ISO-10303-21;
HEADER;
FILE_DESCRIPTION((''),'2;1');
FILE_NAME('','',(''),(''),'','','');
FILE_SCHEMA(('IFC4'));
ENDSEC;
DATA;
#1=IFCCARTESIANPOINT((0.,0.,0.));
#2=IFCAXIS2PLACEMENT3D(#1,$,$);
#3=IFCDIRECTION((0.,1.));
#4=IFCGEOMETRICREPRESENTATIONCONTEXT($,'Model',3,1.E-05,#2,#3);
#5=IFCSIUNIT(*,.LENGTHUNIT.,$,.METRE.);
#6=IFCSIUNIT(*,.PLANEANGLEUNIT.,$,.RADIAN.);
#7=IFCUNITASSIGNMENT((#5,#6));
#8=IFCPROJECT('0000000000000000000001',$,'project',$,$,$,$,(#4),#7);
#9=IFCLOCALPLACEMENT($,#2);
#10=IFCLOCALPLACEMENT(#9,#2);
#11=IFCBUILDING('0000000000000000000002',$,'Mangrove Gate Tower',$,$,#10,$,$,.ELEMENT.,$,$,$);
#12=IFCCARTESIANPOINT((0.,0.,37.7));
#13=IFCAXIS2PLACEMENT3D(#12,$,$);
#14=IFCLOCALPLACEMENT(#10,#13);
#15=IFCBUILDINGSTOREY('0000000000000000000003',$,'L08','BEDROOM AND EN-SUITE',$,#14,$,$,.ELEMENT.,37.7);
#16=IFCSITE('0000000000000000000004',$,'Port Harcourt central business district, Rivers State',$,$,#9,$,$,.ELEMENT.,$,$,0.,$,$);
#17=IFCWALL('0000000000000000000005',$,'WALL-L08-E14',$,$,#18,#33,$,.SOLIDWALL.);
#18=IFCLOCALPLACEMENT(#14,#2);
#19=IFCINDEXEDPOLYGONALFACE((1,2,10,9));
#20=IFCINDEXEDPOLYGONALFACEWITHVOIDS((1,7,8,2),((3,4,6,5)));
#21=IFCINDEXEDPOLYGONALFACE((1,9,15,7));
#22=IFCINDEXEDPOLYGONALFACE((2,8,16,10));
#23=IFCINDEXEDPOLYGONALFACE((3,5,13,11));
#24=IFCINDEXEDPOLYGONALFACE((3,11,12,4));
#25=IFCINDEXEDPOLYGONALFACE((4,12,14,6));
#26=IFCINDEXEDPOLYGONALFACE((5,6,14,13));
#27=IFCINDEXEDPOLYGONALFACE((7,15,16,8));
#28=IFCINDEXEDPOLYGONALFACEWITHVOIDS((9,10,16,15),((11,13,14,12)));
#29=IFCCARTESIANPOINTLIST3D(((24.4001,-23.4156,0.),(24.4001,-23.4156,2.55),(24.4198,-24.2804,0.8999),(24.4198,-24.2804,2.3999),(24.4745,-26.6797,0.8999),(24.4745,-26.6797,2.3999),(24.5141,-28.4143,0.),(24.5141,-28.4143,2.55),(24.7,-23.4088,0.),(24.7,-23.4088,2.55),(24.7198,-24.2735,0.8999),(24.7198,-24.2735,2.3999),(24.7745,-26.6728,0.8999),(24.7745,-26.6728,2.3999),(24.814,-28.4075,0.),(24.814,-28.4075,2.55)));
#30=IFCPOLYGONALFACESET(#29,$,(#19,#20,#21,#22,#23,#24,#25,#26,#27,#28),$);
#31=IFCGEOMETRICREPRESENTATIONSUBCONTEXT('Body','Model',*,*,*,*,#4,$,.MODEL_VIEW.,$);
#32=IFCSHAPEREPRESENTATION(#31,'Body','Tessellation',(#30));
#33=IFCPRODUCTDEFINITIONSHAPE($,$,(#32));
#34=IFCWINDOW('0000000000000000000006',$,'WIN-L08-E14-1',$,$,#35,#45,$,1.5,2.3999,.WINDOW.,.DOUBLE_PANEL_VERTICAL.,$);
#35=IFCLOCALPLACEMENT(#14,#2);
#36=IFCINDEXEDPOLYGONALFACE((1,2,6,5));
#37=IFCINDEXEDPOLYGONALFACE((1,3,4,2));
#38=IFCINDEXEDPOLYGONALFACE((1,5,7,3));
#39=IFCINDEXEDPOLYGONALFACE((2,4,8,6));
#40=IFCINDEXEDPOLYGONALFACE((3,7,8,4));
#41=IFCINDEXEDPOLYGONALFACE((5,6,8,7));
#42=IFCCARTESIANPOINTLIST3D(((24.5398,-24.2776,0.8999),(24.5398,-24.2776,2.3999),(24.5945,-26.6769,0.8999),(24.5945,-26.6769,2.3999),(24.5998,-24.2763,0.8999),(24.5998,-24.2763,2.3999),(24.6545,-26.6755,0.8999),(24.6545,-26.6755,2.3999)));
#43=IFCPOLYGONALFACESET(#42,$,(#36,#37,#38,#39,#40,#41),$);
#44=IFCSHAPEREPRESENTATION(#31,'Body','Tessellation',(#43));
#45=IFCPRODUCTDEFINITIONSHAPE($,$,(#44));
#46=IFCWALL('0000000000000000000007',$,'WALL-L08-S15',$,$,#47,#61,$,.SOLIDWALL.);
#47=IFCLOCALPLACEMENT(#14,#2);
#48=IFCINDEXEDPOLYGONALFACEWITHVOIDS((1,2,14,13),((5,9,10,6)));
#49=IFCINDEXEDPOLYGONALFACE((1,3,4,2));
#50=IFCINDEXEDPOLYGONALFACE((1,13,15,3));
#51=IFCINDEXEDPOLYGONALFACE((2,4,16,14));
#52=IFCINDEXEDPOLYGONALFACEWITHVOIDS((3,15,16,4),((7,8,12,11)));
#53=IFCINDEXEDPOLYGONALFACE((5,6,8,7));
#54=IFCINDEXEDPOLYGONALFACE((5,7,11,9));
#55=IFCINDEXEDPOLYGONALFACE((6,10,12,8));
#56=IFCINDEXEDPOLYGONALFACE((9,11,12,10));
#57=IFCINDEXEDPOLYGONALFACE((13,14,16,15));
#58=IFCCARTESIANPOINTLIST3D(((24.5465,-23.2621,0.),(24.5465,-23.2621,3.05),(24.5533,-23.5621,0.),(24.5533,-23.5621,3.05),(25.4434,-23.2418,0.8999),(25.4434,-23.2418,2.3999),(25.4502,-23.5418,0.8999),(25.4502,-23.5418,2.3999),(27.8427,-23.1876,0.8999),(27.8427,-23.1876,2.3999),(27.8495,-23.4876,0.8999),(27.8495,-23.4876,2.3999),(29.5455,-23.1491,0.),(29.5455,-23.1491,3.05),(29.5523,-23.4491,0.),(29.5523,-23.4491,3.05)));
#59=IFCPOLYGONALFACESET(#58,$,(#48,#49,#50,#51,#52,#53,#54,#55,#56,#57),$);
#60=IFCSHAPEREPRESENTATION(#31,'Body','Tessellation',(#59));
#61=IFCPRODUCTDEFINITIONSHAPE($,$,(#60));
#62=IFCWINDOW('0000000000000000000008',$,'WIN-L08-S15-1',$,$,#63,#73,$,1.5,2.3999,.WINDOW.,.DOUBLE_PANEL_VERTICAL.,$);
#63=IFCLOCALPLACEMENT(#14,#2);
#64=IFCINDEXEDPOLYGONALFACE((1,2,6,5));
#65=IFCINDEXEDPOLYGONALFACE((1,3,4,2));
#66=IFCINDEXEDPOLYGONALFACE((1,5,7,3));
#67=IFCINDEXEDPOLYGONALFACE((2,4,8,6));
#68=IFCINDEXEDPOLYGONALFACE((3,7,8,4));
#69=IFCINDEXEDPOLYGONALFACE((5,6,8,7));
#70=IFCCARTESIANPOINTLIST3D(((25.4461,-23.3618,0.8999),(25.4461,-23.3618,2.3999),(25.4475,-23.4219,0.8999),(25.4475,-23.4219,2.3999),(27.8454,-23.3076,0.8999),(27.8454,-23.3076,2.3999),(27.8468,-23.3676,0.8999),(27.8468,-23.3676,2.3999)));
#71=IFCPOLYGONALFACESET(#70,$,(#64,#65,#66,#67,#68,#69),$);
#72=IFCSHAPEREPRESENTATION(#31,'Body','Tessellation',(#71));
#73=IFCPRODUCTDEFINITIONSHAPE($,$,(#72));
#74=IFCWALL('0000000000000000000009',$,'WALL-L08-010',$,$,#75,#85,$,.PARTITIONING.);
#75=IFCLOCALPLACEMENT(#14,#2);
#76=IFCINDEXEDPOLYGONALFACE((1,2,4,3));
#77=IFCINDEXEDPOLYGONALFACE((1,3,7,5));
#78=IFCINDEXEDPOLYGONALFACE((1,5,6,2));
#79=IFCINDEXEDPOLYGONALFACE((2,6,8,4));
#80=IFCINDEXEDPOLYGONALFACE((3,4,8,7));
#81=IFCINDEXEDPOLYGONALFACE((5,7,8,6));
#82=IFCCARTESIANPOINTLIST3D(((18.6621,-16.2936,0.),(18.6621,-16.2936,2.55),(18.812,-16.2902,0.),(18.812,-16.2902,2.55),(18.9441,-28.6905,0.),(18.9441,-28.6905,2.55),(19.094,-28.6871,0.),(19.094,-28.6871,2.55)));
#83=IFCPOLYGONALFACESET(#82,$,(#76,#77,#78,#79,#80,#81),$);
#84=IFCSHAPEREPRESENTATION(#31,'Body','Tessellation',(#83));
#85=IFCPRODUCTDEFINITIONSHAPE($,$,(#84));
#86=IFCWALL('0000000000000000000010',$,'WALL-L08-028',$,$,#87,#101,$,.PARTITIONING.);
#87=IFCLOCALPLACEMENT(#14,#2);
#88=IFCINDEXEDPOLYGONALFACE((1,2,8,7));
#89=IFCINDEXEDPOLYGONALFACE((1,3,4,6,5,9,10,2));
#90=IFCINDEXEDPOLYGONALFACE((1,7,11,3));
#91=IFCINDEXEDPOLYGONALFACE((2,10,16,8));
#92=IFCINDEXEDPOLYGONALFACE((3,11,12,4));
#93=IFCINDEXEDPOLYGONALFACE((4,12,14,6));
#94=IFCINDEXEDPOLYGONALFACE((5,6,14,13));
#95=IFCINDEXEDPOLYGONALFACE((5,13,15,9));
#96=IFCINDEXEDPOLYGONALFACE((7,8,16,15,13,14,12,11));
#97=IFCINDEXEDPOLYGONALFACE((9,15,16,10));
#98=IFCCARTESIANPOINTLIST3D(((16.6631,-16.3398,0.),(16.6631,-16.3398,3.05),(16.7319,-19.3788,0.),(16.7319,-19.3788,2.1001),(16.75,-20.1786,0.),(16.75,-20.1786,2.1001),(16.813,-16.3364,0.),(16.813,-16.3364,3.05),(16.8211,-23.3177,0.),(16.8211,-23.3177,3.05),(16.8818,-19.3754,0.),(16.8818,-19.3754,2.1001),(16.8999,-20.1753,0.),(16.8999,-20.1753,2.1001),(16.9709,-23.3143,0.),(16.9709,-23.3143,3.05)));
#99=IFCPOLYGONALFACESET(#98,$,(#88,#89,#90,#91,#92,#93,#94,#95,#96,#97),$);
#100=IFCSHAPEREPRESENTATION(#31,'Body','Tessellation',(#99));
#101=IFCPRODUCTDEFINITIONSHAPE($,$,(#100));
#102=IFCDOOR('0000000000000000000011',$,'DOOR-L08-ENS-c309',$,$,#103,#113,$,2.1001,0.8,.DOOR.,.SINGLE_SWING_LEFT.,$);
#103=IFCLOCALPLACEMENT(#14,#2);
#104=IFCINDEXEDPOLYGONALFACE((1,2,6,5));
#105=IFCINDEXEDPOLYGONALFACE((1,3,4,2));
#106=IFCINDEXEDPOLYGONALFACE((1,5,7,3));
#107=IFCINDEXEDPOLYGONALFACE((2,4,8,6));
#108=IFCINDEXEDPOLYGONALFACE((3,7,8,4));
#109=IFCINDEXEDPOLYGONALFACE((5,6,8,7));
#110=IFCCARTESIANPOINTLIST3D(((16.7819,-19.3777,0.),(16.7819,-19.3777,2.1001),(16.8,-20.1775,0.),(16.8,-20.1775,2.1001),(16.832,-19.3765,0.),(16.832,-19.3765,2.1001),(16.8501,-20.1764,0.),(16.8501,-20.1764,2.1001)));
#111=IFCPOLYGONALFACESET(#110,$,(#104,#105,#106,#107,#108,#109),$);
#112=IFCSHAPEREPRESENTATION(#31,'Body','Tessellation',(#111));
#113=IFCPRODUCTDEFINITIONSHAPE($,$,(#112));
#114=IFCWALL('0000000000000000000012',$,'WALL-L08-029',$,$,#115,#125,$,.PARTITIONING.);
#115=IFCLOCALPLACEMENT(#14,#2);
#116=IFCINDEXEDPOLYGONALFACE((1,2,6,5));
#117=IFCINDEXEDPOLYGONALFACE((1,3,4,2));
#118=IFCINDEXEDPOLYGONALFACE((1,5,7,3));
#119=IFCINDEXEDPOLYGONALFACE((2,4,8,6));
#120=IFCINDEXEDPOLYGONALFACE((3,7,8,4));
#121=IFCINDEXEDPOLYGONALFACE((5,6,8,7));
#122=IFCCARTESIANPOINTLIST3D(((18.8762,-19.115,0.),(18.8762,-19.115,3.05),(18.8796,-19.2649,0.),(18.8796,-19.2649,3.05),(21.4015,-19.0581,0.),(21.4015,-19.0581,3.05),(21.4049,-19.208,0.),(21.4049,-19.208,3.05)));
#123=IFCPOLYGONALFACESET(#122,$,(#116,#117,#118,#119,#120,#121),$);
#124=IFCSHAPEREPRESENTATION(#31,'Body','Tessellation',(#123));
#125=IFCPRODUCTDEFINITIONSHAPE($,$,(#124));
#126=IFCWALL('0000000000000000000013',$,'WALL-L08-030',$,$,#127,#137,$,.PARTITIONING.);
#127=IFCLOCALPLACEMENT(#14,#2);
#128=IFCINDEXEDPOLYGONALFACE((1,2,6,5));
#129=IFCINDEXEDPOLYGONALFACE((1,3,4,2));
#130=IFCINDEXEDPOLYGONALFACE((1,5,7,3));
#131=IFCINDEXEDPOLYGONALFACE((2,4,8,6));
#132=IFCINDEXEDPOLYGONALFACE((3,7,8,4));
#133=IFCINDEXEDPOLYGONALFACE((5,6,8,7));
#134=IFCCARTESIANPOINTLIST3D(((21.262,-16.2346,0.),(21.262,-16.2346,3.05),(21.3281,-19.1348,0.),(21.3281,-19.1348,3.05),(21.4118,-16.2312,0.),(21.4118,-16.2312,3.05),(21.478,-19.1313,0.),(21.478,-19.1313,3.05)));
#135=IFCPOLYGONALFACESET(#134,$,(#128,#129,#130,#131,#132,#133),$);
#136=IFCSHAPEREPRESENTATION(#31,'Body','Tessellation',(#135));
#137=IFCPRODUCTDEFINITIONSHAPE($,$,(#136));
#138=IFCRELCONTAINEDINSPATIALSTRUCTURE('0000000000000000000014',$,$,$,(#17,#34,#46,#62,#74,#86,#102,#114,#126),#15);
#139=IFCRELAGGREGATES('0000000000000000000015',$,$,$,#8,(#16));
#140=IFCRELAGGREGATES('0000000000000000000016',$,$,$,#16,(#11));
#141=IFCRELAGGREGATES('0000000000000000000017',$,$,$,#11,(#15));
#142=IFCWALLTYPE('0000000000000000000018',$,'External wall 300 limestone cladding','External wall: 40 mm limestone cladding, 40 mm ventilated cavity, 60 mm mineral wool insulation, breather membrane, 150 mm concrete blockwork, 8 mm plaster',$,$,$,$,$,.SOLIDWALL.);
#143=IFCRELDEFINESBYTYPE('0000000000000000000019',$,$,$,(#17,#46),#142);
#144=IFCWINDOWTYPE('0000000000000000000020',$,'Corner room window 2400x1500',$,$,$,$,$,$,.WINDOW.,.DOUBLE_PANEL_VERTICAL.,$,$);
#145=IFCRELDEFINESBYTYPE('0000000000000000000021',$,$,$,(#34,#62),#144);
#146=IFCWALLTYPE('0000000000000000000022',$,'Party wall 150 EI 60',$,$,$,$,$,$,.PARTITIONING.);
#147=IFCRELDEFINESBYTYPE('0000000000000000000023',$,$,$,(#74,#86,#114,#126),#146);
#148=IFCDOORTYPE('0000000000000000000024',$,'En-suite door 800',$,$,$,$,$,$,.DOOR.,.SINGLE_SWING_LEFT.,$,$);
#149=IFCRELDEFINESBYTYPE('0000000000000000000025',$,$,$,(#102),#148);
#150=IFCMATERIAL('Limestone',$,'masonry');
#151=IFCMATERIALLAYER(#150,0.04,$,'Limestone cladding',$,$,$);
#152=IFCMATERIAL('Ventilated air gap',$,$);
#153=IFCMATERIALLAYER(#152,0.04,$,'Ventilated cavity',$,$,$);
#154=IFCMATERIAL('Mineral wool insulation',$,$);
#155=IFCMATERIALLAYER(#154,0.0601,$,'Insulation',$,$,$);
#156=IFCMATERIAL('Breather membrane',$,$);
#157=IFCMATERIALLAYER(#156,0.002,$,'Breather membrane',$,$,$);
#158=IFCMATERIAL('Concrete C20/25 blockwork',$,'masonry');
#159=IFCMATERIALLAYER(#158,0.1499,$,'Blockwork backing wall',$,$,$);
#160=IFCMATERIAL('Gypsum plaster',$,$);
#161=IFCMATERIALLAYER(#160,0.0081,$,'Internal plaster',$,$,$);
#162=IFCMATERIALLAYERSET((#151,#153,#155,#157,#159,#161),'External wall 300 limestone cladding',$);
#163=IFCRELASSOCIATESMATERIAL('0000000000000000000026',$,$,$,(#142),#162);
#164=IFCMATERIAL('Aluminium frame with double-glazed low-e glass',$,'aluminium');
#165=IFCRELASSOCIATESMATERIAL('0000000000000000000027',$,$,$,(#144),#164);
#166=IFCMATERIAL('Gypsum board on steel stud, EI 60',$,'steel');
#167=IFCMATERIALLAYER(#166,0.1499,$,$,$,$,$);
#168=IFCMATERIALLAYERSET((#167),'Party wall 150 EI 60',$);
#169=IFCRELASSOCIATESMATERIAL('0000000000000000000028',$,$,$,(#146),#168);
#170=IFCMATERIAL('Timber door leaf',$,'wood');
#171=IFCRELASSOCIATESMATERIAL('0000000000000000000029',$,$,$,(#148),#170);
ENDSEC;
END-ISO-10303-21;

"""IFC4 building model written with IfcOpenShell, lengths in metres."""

from ifc_helpers import new_model, si_unit, direction, frame, frame_2d, origin, place, context, subcontext, project, spatial, rectangle, extrude, material, layer, layer_set, type_object, element, fill, save


model = new_model("IFC4")

# Units and contexts
model_context = context("Model", 3, precision=1e-05, world=origin(), true_north=direction((0.0, 1.0)))
body_context = subcontext(model_context, "Body", "Model", "MODEL_VIEW")
ifc_project = project(units=[si_unit("LENGTHUNIT", "METRE"), si_unit("PLANEANGLEUNIT", "RADIAN")], contexts=[model_context])

# Site, building, storey
site_placement = place(None, origin())
site = spatial("IfcSite", under=ifc_project, at=site_placement, Name="Port Harcourt central business district, Rivers State", CompositionType="ELEMENT", RefElevation=0.0)
building_placement = place(site_placement, origin())
building = spatial("IfcBuilding", under=site, at=building_placement, Name="Mangrove Gate Tower", CompositionType="ELEMENT")
storey_placement = place(building_placement, frame((0.0, 0.0, 37.7)))
storey = spatial("IfcBuildingStorey", under=building, at=storey_placement, Name="L08", Description="BEDROOM AND EN-SUITE", CompositionType="ELEMENT", Elevation=37.7)

# Shared definitions
ifc_material_1 = material(Name="Limestone", Category="masonry")
ifc_layer_1 = layer(ifc_material_1, 0.04, Name="Limestone cladding")
ifc_material_2 = material(Name="Ventilated air gap")
ifc_layer_2 = layer(ifc_material_2, 0.04, Name="Ventilated cavity")
ifc_material_3 = material(Name="Mineral wool insulation")
ifc_layer_3 = layer(ifc_material_3, 0.0601, Name="Insulation")
ifc_material_4 = material(Name="Breather membrane")
ifc_layer_4 = layer(ifc_material_4, 0.002, Name="Breather membrane")
ifc_material_5 = material(Name="Concrete C20/25 blockwork", Category="masonry")
ifc_layer_5 = layer(ifc_material_5, 0.1499, Name="Blockwork backing wall")
ifc_material_6 = material(Name="Gypsum plaster")
ifc_layer_6 = layer(ifc_material_6, 0.0081, Name="Internal plaster")
ifc_layer_set_1 = layer_set([ifc_layer_1, ifc_layer_2, ifc_layer_3, ifc_layer_4, ifc_layer_5, ifc_layer_6], Name="External wall 300 limestone cladding")
wall_type_1 = type_object("IfcWallType", Name="External wall 300 limestone cladding", Description="External wall: 40 mm limestone cladding, 40 mm ventilated cavity, 60 mm mineral wool insulation, breather membrane, 150 mm concrete blockwork, 8 mm plaster", PredefinedType="SOLIDWALL", material=ifc_layer_set_1)
ifc_material_7 = material(Name="Aluminium frame with double-glazed low-e glass", Category="aluminium")
window_type = type_object("IfcWindowType", Name="Corner room window 2400x1500", PartitioningType="DOUBLE_PANEL_VERTICAL", PredefinedType="WINDOW", material=ifc_material_7)

# Walls, openings, windows
wall_1_placement = place(storey_placement, frame((24.6641, -28.4109, 0.0), z_axis=(0.0, 0.0, 1.0), x_axis=(-0.022802, 0.99974, 0.0)))
wall_1 = element("IfcWall", 1, at=wall_1_placement, inside=storey, type_object=wall_type_1, Name="WALL-L08-E14", PredefinedType="SOLIDWALL", context=body_context, shape_type="SweptSolid", body=[
    extrude(rectangle(XDim=5.0, YDim=0.3, at=frame_2d((2.5, 0.0))), origin(), (0.0, 0.0, 1.0), 2.55),
])
opening_1_placement = place(wall_1_placement, frame((1.7351, 0.0, 0.8999)))
opening_1 = element("IfcOpeningElement", 2, at=opening_1_placement, cuts=wall_1, PredefinedType="OPENING", context=body_context, shape_type="SweptSolid", body=[
    extrude(rectangle(XDim=2.3999, YDim=1.5, at=frame_2d((1.2, 0.75))), frame((0.0, 0.1599, 0.0), z_axis=(0.0, -1.0, 0.0), x_axis=(1.0, 0.0, 0.0)), (0.0, 0.0, 1.0), 0.3201),
])
window_1_placement = place(opening_1_placement, origin())
window_1 = element("IfcWindow", 3, at=window_1_placement, inside=storey, type_object=window_type, Name="WIN-L08-E14-1", OverallHeight=1.5, OverallWidth=2.3999, PartitioningType="DOUBLE_PANEL_VERTICAL", PredefinedType="WINDOW", context=body_context, shape_type="SweptSolid", body=[
    extrude(rectangle(XDim=2.3999, YDim=1.5, at=frame_2d((1.2, 0.75))), frame((0.0, 0.03, 0.0), z_axis=(0.0, -1.0, 0.0), x_axis=(1.0, 0.0, 0.0)), (0.0, 0.0, 1.0), 0.0601),
])
fill(opening_1, window_1)
wall_2_placement = place(storey_placement, frame((24.55, -23.4121, 0.0), z_axis=(0.0, 0.0, 1.0), x_axis=(0.999744, 0.022606, 0.0)))
wall_2 = element("IfcWall", 4, at=wall_2_placement, inside=storey, type_object=wall_type_1, Name="WALL-L08-S15", PredefinedType="SOLIDWALL", context=body_context, shape_type="SweptSolid", body=[
    extrude(rectangle(XDim=5.0002, YDim=0.3, at=frame_2d((2.5, 0.0))), origin(), (0.0, 0.0, 1.0), 3.05),
])
opening_2_placement = place(wall_2_placement, frame((0.897, 0.0, 0.8999)))
opening_2 = element("IfcOpeningElement", 5, at=opening_2_placement, cuts=wall_2, PredefinedType="OPENING", context=body_context, shape_type="SweptSolid", body=[
    extrude(rectangle(XDim=2.3999, YDim=1.5, at=frame_2d((1.2, 0.75))), frame((0.0, 0.1599, 0.0), z_axis=(0.0, -1.0, 0.0), x_axis=(1.0, 0.0, 0.0)), (0.0, 0.0, 1.0), 0.3201),
])
window_2_placement = place(opening_2_placement, origin())
window_2 = element("IfcWindow", 6, at=window_2_placement, inside=storey, type_object=window_type, Name="WIN-L08-S15-1", OverallHeight=1.5, OverallWidth=2.3999, PartitioningType="DOUBLE_PANEL_VERTICAL", PredefinedType="WINDOW", context=body_context, shape_type="SweptSolid", body=[
    extrude(rectangle(XDim=2.3999, YDim=1.5, at=frame_2d((1.2, 0.75))), frame((0.0, 0.03, 0.0), z_axis=(0.0, -1.0, 0.0), x_axis=(1.0, 0.0, 0.0)), (0.0, 0.0, 1.0), 0.0601),
])
fill(opening_2, window_2)

# Wall
ifc_material_8 = material(Name="Gypsum board on steel stud, EI 60", Category="steel")
ifc_layer_7 = layer(ifc_material_8, 0.1499)
ifc_layer_set_2 = layer_set([ifc_layer_7], Name="Party wall 150 EI 60")
wall_type_2 = type_object("IfcWallType", Name="Party wall 150 EI 60", PredefinedType="PARTITIONING", material=ifc_layer_set_2)
wall_3_placement = place(storey_placement, frame((19.019, -28.689, 0.0), z_axis=(0.0, 0.0, 1.0), x_axis=(-0.02274, 0.999741, 0.0)))
element("IfcWall", 7, at=wall_3_placement, inside=storey, type_object=wall_type_2, Name="WALL-L08-010", PredefinedType="PARTITIONING", context=body_context, shape_type="SweptSolid", body=[
    extrude(rectangle(XDim=12.4001, YDim=0.1499, at=frame_2d((6.2002, 0.0))), origin(), (0.0, 0.0, 1.0), 2.55),
])

# Wall, opening, door
wall_4_placement = place(storey_placement, frame((16.896, -23.3159, 0.0), z_axis=(0.0, 0.0, 1.0), x_axis=(-0.022631, 0.999744, 0.0)))
wall_4 = element("IfcWall", 8, at=wall_4_placement, inside=storey, type_object=wall_type_2, Name="WALL-L08-028", PredefinedType="PARTITIONING", context=body_context, shape_type="SweptSolid", body=[
    extrude(rectangle(XDim=6.9797, YDim=0.1499, at=frame_2d((3.4897, 0.0))), origin(), (0.0, 0.0, 1.0), 3.05),
])
opening_3_placement = place(wall_4_placement, frame((3.1399, 0.0, 0.0)))
opening_3 = element("IfcOpeningElement", 9, at=opening_3_placement, cuts=wall_4, PredefinedType="OPENING", context=body_context, shape_type="SweptSolid", body=[
    extrude(rectangle(XDim=0.8, YDim=2.1001, at=frame_2d((0.3999, 1.05))), frame((0.0, 0.085, 0.0), z_axis=(0.0, -1.0, 0.0), x_axis=(1.0, 0.0, 0.0)), (0.0, 0.0, 1.0), 0.1699),
])
ifc_material_9 = material(Name="Timber door leaf", Category="wood")
door_type_1 = type_object("IfcDoorType", Name="En-suite door 800", OperationType="SINGLE_SWING_LEFT", PredefinedType="DOOR", material=ifc_material_9)
door_1_placement = place(opening_3_placement, origin())
door_1 = element("IfcDoor", 10, at=door_1_placement, inside=storey, type_object=door_type_1, Name="DOOR-L08-ENS-c309", OperationType="SINGLE_SWING_LEFT", OverallHeight=2.1001, OverallWidth=0.8, PredefinedType="DOOR", context=body_context, shape_type="SweptSolid", body=[
    extrude(rectangle(XDim=0.8, YDim=2.1001, at=frame_2d((0.3999, 1.05))), frame((0.0, 0.0249, 0.0), z_axis=(0.0, -1.0, 0.0), x_axis=(1.0, 0.0, 0.0)), (0.0, 0.0, 1.0), 0.05),
])
fill(opening_3, door_1)

# Walls
wall_5_placement = place(storey_placement, frame((18.8779, -19.1899, 0.0), z_axis=(0.0, 0.0, 1.0), x_axis=(0.999746, 0.022522, 0.0)))
element("IfcWall", 11, at=wall_5_placement, inside=storey, type_object=wall_type_2, Name="WALL-L08-029", PredefinedType="PARTITIONING", context=body_context, shape_type="SweptSolid", body=[
    extrude(rectangle(XDim=2.5259, YDim=0.1499, at=frame_2d((1.2629, 0.0))), origin(), (0.0, 0.0, 1.0), 3.05),
])
wall_6_placement = place(storey_placement, frame((21.4031, -19.1331, 0.0), z_axis=(0.0, 0.0, 1.0), x_axis=(-0.022807, 0.99974, 0.0)))
element("IfcWall", 12, at=wall_6_placement, inside=storey, type_object=wall_type_2, Name="WALL-L08-030", PredefinedType="PARTITIONING", context=body_context, shape_type="SweptSolid", body=[
    extrude(rectangle(XDim=2.9009, YDim=0.1499, at=frame_2d((1.4504, 0.0))), origin(), (0.0, 0.0, 1.0), 3.05),
])

save(model, "model.ifc")
